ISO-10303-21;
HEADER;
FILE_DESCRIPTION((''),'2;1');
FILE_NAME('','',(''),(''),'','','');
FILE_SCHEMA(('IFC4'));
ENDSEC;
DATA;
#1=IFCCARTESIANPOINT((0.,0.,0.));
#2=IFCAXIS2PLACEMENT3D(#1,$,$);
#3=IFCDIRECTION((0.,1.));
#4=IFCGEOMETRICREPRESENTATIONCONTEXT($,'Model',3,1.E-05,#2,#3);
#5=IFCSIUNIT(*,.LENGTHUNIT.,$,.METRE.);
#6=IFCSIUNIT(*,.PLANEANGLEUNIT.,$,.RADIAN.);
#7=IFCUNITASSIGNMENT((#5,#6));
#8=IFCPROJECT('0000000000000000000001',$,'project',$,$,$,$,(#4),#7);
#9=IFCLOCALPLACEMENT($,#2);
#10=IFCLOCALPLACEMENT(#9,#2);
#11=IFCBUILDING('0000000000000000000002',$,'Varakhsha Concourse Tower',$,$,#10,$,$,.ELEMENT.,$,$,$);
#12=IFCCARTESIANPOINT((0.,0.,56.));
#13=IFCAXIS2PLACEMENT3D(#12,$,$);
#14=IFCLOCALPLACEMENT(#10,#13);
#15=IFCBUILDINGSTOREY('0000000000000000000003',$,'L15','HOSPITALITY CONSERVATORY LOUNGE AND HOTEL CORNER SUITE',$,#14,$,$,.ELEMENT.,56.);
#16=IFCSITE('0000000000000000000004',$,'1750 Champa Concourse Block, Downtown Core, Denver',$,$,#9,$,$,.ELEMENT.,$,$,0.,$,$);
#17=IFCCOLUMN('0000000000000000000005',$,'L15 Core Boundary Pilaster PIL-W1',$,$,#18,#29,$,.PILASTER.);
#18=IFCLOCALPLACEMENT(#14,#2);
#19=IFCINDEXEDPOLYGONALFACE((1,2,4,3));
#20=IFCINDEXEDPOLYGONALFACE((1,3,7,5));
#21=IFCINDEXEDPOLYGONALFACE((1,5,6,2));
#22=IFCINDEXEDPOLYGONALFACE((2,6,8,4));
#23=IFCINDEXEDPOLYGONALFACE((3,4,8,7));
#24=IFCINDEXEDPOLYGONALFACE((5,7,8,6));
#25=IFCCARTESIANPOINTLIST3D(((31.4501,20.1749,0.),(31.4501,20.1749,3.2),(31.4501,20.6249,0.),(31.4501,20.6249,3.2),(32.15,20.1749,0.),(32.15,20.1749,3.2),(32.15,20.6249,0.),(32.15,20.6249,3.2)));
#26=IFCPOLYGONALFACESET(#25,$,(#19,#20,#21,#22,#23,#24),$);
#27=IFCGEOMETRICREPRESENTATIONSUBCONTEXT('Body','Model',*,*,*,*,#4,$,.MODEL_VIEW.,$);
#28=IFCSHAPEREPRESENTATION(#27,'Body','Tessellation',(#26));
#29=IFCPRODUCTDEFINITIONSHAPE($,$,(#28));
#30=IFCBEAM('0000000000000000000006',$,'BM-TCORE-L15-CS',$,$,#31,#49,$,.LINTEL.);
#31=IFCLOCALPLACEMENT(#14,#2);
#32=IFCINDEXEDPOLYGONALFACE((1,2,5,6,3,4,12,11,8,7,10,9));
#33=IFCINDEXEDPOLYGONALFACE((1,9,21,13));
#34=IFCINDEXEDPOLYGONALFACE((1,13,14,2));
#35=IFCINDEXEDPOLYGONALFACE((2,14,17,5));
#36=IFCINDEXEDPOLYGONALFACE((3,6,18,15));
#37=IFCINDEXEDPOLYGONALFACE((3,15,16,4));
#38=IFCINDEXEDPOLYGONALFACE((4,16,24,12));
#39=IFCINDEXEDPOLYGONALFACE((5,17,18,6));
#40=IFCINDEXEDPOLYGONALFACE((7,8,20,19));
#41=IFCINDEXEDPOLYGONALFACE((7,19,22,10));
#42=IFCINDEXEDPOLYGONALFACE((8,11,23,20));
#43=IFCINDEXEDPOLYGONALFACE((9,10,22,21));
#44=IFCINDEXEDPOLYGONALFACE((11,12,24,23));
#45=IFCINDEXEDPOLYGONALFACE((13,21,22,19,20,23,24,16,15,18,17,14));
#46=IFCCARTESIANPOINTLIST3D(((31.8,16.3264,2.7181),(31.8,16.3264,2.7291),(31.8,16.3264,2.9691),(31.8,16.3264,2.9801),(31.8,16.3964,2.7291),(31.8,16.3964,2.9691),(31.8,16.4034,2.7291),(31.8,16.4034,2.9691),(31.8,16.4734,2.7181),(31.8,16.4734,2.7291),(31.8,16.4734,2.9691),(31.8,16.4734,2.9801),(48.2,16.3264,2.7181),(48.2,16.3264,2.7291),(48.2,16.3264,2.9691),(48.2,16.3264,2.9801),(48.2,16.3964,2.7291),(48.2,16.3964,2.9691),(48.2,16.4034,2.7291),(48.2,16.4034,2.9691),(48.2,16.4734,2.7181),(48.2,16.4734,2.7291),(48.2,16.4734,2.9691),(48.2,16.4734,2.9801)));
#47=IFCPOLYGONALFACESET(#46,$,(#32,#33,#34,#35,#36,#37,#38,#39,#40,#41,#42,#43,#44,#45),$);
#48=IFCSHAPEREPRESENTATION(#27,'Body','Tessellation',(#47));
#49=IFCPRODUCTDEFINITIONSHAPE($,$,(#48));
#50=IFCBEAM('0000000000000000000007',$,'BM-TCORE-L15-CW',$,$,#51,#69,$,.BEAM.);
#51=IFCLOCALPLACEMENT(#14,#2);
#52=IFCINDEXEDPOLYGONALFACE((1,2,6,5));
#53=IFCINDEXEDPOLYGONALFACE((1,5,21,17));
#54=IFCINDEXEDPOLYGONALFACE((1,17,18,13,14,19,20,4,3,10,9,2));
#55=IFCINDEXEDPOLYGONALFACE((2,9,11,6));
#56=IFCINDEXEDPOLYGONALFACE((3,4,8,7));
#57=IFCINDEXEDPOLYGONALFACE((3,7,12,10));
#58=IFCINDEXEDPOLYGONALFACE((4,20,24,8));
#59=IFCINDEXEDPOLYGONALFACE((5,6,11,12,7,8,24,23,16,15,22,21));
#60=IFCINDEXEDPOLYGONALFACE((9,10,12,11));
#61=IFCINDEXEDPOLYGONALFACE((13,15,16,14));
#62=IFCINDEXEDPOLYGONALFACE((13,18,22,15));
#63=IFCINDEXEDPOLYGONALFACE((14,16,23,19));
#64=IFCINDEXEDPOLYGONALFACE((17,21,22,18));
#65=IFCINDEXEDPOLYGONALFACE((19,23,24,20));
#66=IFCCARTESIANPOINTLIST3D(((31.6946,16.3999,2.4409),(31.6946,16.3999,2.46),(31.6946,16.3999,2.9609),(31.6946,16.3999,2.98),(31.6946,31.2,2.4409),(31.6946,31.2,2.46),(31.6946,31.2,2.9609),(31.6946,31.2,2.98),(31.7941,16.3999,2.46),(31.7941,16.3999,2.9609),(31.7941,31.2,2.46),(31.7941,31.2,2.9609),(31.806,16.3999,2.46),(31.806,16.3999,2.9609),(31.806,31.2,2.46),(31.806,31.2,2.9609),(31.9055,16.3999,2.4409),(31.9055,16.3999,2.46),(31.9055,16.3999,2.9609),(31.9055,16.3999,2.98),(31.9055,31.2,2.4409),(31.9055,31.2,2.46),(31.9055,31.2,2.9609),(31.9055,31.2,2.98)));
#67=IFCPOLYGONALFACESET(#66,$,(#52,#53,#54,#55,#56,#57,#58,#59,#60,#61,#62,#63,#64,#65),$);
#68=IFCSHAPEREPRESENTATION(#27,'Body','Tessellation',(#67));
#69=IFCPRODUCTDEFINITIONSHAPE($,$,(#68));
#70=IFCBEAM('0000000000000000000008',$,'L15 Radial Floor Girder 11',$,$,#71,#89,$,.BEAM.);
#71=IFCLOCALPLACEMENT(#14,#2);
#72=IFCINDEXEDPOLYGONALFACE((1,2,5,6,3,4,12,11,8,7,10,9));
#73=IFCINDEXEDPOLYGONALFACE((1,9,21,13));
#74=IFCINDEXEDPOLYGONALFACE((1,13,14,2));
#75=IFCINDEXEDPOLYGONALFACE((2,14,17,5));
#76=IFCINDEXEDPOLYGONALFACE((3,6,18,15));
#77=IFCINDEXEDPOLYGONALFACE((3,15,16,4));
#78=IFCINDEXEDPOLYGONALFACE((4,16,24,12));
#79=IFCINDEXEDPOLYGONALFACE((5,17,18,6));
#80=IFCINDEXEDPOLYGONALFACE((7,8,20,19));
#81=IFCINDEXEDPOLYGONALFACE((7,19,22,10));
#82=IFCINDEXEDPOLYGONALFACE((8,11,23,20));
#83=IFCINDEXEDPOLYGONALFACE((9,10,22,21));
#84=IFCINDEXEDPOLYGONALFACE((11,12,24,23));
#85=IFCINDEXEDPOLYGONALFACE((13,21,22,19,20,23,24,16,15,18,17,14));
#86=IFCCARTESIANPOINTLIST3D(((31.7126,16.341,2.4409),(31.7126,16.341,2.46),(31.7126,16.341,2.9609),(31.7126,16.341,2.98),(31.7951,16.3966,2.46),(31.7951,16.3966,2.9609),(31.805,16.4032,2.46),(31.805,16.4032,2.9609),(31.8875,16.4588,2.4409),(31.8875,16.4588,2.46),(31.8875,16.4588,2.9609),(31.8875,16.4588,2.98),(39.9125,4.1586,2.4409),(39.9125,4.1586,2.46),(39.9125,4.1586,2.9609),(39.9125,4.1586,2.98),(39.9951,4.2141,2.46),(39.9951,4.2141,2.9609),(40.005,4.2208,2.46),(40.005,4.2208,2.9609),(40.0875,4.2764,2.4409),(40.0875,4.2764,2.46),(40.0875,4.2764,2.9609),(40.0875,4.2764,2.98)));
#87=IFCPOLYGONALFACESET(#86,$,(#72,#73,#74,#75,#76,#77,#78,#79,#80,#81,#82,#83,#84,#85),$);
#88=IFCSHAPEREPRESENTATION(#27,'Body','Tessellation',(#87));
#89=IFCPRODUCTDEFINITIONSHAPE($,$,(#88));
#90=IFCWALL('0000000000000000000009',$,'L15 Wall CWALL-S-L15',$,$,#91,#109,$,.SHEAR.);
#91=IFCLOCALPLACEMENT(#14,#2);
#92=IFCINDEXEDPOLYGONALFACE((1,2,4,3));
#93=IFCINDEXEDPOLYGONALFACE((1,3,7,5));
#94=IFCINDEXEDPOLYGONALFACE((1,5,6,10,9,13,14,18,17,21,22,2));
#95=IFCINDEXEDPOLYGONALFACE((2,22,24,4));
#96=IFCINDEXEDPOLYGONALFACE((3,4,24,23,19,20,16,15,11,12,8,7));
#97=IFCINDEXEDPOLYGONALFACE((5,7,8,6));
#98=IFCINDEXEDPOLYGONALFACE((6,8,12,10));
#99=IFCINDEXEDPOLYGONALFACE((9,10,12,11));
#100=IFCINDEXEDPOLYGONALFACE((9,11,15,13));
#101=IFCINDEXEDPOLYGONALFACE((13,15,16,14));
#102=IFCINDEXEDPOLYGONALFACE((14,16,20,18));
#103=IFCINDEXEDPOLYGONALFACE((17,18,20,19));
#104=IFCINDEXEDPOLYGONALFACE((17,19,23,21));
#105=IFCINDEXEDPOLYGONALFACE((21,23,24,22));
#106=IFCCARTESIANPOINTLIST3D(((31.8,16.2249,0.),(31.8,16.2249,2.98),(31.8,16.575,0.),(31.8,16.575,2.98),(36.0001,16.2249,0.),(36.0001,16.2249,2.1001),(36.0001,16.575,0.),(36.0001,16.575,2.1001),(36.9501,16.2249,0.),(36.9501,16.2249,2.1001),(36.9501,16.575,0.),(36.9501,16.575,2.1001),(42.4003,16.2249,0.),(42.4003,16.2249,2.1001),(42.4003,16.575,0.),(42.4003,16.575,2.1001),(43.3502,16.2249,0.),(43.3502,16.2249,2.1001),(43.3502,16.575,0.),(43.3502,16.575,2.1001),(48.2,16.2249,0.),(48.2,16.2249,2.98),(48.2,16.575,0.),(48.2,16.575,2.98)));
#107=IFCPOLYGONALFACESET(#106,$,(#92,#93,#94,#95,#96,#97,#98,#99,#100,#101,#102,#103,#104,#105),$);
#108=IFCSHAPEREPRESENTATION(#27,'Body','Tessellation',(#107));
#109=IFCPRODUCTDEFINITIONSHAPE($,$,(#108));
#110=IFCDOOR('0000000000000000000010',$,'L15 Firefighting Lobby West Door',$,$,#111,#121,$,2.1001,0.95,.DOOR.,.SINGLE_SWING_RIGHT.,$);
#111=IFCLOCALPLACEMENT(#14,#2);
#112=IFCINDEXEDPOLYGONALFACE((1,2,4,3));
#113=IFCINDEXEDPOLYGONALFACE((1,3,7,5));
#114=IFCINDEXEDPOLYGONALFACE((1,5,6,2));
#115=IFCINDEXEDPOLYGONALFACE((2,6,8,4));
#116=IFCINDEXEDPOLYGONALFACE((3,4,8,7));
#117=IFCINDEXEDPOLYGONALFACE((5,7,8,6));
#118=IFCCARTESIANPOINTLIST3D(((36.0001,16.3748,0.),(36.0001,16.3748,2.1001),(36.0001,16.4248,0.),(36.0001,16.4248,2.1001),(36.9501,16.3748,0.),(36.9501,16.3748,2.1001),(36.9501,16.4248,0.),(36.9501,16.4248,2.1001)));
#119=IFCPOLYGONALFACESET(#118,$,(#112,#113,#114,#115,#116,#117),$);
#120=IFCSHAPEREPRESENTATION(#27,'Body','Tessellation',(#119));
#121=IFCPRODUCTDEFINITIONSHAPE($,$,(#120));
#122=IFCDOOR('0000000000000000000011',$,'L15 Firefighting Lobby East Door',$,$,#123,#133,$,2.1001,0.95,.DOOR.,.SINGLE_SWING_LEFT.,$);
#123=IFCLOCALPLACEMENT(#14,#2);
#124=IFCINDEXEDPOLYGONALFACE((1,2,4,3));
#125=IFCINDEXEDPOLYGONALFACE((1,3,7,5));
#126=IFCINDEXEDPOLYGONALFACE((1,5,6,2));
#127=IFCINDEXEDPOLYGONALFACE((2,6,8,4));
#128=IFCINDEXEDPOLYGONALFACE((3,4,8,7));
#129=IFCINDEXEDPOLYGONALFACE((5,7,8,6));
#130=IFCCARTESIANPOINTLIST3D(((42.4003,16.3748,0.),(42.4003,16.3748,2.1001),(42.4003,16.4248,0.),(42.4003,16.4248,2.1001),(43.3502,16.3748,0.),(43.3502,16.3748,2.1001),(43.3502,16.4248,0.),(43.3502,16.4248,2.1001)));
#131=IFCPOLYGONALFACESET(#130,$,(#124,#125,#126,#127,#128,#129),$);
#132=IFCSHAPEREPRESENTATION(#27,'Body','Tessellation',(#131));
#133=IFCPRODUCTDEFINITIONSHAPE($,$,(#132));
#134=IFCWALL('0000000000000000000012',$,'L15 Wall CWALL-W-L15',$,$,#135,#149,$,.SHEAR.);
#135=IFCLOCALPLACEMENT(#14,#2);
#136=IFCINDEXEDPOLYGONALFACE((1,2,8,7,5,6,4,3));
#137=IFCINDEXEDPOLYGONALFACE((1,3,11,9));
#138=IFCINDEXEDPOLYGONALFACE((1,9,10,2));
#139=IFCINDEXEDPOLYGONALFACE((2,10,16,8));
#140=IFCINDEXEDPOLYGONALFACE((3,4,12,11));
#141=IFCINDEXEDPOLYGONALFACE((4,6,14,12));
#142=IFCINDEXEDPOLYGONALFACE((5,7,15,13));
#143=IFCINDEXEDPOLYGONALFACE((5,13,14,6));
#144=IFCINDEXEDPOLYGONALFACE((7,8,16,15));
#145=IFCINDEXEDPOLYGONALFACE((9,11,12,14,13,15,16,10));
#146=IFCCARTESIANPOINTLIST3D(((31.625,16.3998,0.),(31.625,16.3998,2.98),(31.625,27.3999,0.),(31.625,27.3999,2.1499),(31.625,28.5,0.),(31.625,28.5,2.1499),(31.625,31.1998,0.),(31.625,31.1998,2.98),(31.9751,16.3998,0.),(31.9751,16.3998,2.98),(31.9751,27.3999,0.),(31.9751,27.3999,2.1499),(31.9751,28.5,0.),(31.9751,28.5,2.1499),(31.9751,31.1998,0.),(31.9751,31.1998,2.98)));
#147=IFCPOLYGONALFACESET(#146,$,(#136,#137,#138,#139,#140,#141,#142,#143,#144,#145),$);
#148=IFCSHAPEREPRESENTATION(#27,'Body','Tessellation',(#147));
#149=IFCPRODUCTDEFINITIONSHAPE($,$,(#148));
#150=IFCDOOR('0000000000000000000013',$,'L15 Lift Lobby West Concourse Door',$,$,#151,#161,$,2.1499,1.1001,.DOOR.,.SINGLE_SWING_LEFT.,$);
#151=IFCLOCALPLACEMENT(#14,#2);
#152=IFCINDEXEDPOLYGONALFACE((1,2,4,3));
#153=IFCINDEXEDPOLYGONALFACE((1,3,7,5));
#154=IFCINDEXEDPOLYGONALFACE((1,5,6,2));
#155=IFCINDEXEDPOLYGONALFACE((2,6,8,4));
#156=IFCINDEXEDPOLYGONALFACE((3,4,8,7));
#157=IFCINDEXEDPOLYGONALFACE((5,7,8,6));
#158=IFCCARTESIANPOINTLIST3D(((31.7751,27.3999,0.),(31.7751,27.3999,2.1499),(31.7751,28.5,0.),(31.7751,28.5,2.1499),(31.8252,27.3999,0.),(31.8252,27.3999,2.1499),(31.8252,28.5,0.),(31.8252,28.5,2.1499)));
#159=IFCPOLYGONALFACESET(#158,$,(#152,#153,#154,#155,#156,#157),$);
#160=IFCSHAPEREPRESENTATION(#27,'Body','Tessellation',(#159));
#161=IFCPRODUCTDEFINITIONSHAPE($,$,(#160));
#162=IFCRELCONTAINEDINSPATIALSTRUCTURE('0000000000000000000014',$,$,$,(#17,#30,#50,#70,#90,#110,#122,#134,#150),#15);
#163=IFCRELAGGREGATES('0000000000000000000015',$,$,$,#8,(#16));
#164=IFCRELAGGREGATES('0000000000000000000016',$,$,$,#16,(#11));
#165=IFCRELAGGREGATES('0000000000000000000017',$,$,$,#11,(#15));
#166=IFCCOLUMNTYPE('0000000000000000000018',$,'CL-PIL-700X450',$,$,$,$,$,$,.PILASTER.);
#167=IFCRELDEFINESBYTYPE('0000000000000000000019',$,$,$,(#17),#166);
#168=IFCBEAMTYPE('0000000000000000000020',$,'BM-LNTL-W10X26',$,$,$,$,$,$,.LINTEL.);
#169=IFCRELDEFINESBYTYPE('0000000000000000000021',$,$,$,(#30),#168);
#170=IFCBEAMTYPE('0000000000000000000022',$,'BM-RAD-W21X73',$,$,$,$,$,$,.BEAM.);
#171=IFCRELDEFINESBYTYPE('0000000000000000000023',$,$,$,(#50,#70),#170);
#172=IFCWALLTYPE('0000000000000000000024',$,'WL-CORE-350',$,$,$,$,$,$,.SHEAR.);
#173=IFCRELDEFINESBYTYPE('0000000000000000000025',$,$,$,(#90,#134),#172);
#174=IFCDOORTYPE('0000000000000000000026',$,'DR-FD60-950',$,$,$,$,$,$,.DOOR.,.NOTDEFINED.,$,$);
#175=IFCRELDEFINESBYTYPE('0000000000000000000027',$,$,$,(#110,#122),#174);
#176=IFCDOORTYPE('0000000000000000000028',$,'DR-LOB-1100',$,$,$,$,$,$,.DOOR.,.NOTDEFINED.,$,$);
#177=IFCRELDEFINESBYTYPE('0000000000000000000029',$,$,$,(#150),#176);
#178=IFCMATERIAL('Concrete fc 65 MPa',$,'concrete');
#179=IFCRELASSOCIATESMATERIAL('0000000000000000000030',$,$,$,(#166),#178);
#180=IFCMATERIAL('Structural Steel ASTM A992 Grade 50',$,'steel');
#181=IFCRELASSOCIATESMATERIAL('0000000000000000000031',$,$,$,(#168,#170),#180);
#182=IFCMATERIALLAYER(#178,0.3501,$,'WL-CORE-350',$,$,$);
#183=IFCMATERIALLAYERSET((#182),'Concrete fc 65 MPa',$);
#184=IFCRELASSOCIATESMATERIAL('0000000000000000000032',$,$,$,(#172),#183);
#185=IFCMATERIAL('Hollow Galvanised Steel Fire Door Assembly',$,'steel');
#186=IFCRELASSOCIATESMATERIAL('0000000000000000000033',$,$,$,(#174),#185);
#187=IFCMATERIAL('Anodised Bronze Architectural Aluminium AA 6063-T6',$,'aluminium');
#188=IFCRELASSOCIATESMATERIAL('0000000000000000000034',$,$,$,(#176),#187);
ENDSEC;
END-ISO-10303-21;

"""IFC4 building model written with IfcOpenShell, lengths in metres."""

from ifc_helpers import new_model, si_unit, direction, frame, frame_2d, origin, origin_2d, place, context, subcontext, project, spatial, rectangle, i_section, extrude, material, layer, layer_set, material_profile, profile_set, type_object, element, fill, save


model = new_model("IFC4")

# Units and contexts
model_context = context("Model", 3, precision=1e-05, world=origin(), true_north=direction((0.0, 1.0)))
body_context = subcontext(model_context, "Body", "Model", "MODEL_VIEW")
ifc_project = project(units=[si_unit("LENGTHUNIT", "METRE"), si_unit("PLANEANGLEUNIT", "RADIAN")], contexts=[model_context])

# Site, building, storey
site_placement = place(None, origin())
site = spatial("IfcSite", under=ifc_project, at=site_placement, Name="1750 Champa Concourse Block, Downtown Core, Denver", CompositionType="ELEMENT", RefElevation=0.0)
building_placement = place(site_placement, origin())
building = spatial("IfcBuilding", under=site, at=building_placement, Name="Varakhsha Concourse Tower", CompositionType="ELEMENT")
storey_placement = place(building_placement, frame((0.0, 0.0, 56.0)))
storey = spatial("IfcBuildingStorey", under=building, at=storey_placement, Name="L15", Description="HOSPITALITY CONSERVATORY LOUNGE AND HOTEL CORNER SUITE", CompositionType="ELEMENT", Elevation=56.0)

# Column
ifc_material_1 = material(Name="Concrete fc 65 MPa", Category="concrete")
ifc_material_profile_1 = material_profile(ifc_material_1, rectangle(XDim=0.7, YDim=0.45, at=origin_2d()), Name="RC 700x450")
ifc_profile_set_1 = profile_set([ifc_material_profile_1], Name="Concrete fc 65 MPa")
column_type = type_object("IfcColumnType", Name="CL-PIL-700X450", PredefinedType="PILASTER", material=ifc_profile_set_1)
column_placement = place(storey_placement, frame((31.8, 20.3999, 0.0), z_axis=(0.0, 0.0, 1.0), x_axis=(1.0, 0.0, 0.0)))
element("IfcColumn", 1, at=column_placement, inside=storey, type_object=column_type, Name="L15 Core Boundary Pilaster PIL-W1", PredefinedType="PILASTER", context=body_context, shape_type="SweptSolid", body=[
    extrude(rectangle(XDim=0.7, YDim=0.45, at=origin_2d()), origin(), (0.0, 0.0, 1.0), 3.2),
])

# Beams
ifc_material_2 = material(Name="Structural Steel ASTM A992 Grade 50", Category="steel")
ifc_material_profile_2 = material_profile(ifc_material_2, i_section(OverallWidth=0.147, OverallDepth=0.262, WebThickness=0.0071, FlangeThickness=0.011, at=origin_2d()), Name="W10X26")
ifc_profile_set_2 = profile_set([ifc_material_profile_2], Name="Structural Steel ASTM A992 Grade 50")
beam_type_1 = type_object("IfcBeamType", Name="BM-LNTL-W10X26", PredefinedType="LINTEL", material=ifc_profile_set_2)
beam_1_placement = place(storey_placement, frame((31.8, 16.3999, 2.8491), z_axis=(1.0, 0.0, 0.0), x_axis=(0.0, 1.0, 0.0)))
element("IfcBeam", 2, at=beam_1_placement, inside=storey, type_object=beam_type_1, Name="BM-TCORE-L15-CS", PredefinedType="LINTEL", context=body_context, shape_type="SweptSolid", body=[
    extrude(i_section(OverallWidth=0.147, OverallDepth=0.262, WebThickness=0.0071, FlangeThickness=0.011, at=origin_2d()), origin(), (0.0, 0.0, 1.0), 16.3999),
])
ifc_material_profile_3 = material_profile(ifc_material_2, i_section(OverallWidth=0.2109, OverallDepth=0.5391, WebThickness=0.012, FlangeThickness=0.019, at=origin_2d()), Name="W21X73")
ifc_profile_set_3 = profile_set([ifc_material_profile_3], Name="Structural Steel ASTM A992 Grade 50")
beam_type_2 = type_object("IfcBeamType", Name="BM-RAD-W21X73", PredefinedType="BEAM", material=ifc_profile_set_3)
beam_2_placement = place(storey_placement, frame((31.8, 16.3999, 2.7104), z_axis=(0.0, 1.0, 0.0), x_axis=(-1.0, 0.0, 0.0)))
element("IfcBeam", 3, at=beam_2_placement, inside=storey, type_object=beam_type_2, Name="BM-TCORE-L15-CW", PredefinedType="BEAM", context=body_context, shape_type="SweptSolid", body=[
    extrude(i_section(OverallWidth=0.2109, OverallDepth=0.5391, WebThickness=0.012, FlangeThickness=0.019, at=origin_2d()), origin(), (0.0, 0.0, 1.0), 14.8),
])
beam_3_placement = place(storey_placement, frame((31.8, 16.3999, 2.7104), z_axis=(0.558389, -0.829579, 0.0), x_axis=(0.829579, 0.558389, 0.0)))
element("IfcBeam", 4, at=beam_3_placement, inside=storey, type_object=beam_type_2, Name="L15 Radial Floor Girder 11", PredefinedType="BEAM", context=body_context, shape_type="SweptSolid", body=[
    extrude(i_section(OverallWidth=0.2109, OverallDepth=0.5391, WebThickness=0.012, FlangeThickness=0.019, at=origin_2d()), origin(), (0.0, 0.0, 1.0), 14.6851),
])

# Wall, openings, doors
ifc_layer_1 = layer(ifc_material_1, 0.3501, Name="WL-CORE-350")
ifc_layer_set_1 = layer_set([ifc_layer_1], Name="Concrete fc 65 MPa")
wall_type_1 = type_object("IfcWallType", Name="WL-CORE-350", PredefinedType="SHEAR", material=ifc_layer_set_1)
wall_1_placement = place(storey_placement, frame((31.8, 16.3999, 0.0), z_axis=(0.0, 0.0, 1.0), x_axis=(1.0, 0.0, 0.0)))
wall_1 = element("IfcWall", 5, at=wall_1_placement, inside=storey, type_object=wall_type_1, Name="L15 Wall CWALL-S-L15", PredefinedType="SHEAR", context=body_context, shape_type="SweptSolid", body=[
    extrude(rectangle(XDim=16.3999, YDim=0.3501, at=frame_2d((8.2, 0.0))), origin(), (0.0, 0.0, 1.0), 2.98),
])
opening_1_placement = place(wall_1_placement, frame((4.2, 0.0, 0.0)))
opening_1 = element("IfcOpeningElement", 6, at=opening_1_placement, cuts=wall_1, PredefinedType="OPENING", context=body_context, shape_type="SweptSolid", body=[
    extrude(rectangle(XDim=0.95, YDim=2.1001, at=frame_2d((0.4751, 1.05))), frame((0.0, 0.1851, 0.0), z_axis=(0.0, -1.0, 0.0), x_axis=(1.0, 0.0, 0.0)), (0.0, 0.0, 1.0), 0.3701),
])
opening_2_placement = place(wall_1_placement, frame((10.6001, 0.0, 0.0)))
opening_2 = element("IfcOpeningElement", 7, at=opening_2_placement, cuts=wall_1, PredefinedType="OPENING", context=body_context, shape_type="SweptSolid", body=[
    extrude(rectangle(XDim=0.95, YDim=2.1001, at=frame_2d((0.4751, 1.05))), frame((0.0, 0.1851, 0.0), z_axis=(0.0, -1.0, 0.0), x_axis=(1.0, 0.0, 0.0)), (0.0, 0.0, 1.0), 0.3701),
])
ifc_material_3 = material(Name="Hollow Galvanised Steel Fire Door Assembly", Category="steel")
door_type_1 = type_object("IfcDoorType", Name="DR-FD60-950", OperationType="NOTDEFINED", PredefinedType="DOOR", material=ifc_material_3)
door_1_placement = place(opening_1_placement, origin())
door_1 = element("IfcDoor", 8, at=door_1_placement, inside=storey, type_object=door_type_1, Name="L15 Firefighting Lobby West Door", OperationType="SINGLE_SWING_RIGHT", OverallHeight=2.1001, OverallWidth=0.95, PredefinedType="DOOR", context=body_context, shape_type="SweptSolid", body=[
    extrude(rectangle(XDim=0.95, YDim=2.1001, at=frame_2d((0.4751, 1.05))), frame((0.0, 0.0249, 0.0), z_axis=(0.0, -1.0, 0.0), x_axis=(1.0, 0.0, 0.0)), (0.0, 0.0, 1.0), 0.05),
])
fill(opening_1, door_1)
door_2_placement = place(opening_2_placement, origin())
door_2 = element("IfcDoor", 9, at=door_2_placement, inside=storey, type_object=door_type_1, Name="L15 Firefighting Lobby East Door", OperationType="SINGLE_SWING_LEFT", OverallHeight=2.1001, OverallWidth=0.95, PredefinedType="DOOR", context=body_context, shape_type="SweptSolid", body=[
    extrude(rectangle(XDim=0.95, YDim=2.1001, at=frame_2d((0.4751, 1.05))), frame((0.0, 0.0249, 0.0), z_axis=(0.0, -1.0, 0.0), x_axis=(1.0, 0.0, 0.0)), (0.0, 0.0, 1.0), 0.05),
])
fill(opening_2, door_2)

# Wall, opening, door
wall_2_placement = place(storey_placement, frame((31.8, 16.3999, 0.0), z_axis=(0.0, 0.0, 1.0), x_axis=(0.0, 1.0, 0.0)))
wall_2 = element("IfcWall", 10, at=wall_2_placement, inside=storey, type_object=wall_type_1, Name="L15 Wall CWALL-W-L15", PredefinedType="SHEAR", context=body_context, shape_type="SweptSolid", body=[
    extrude(rectangle(XDim=14.8, YDim=0.3501, at=frame_2d((7.3999, 0.0))), origin(), (0.0, 0.0, 1.0), 2.98),
])
opening_3_placement = place(wall_2_placement, frame((11.0, 0.0, 0.0)))
opening_3 = element("IfcOpeningElement", 11, at=opening_3_placement, cuts=wall_2, PredefinedType="OPENING", context=body_context, shape_type="SweptSolid", body=[
    extrude(rectangle(XDim=1.1001, YDim=2.1499, at=frame_2d((0.55, 1.075))), frame((0.0, 0.1851, 0.0), z_axis=(0.0, -1.0, 0.0), x_axis=(1.0, 0.0, 0.0)), (0.0, 0.0, 1.0), 0.3701),
])
ifc_material_4 = material(Name="Anodised Bronze Architectural Aluminium AA 6063-T6", Category="aluminium")
door_type_2 = type_object("IfcDoorType", Name="DR-LOB-1100", OperationType="NOTDEFINED", PredefinedType="DOOR", material=ifc_material_4)
door_3_placement = place(opening_3_placement, origin())
door_3 = element("IfcDoor", 12, at=door_3_placement, inside=storey, type_object=door_type_2, Name="L15 Lift Lobby West Concourse Door", OperationType="SINGLE_SWING_LEFT", OverallHeight=2.1499, OverallWidth=1.1001, PredefinedType="DOOR", context=body_context, shape_type="SweptSolid", body=[
    extrude(rectangle(XDim=1.1001, YDim=2.1499, at=frame_2d((0.55, 1.075))), frame((0.0, 0.0249, 0.0), z_axis=(0.0, -1.0, 0.0), x_axis=(1.0, 0.0, 0.0)), (0.0, 0.0, 1.0), 0.05),
])
fill(opening_3, door_3)

save(model, "model.ifc")
